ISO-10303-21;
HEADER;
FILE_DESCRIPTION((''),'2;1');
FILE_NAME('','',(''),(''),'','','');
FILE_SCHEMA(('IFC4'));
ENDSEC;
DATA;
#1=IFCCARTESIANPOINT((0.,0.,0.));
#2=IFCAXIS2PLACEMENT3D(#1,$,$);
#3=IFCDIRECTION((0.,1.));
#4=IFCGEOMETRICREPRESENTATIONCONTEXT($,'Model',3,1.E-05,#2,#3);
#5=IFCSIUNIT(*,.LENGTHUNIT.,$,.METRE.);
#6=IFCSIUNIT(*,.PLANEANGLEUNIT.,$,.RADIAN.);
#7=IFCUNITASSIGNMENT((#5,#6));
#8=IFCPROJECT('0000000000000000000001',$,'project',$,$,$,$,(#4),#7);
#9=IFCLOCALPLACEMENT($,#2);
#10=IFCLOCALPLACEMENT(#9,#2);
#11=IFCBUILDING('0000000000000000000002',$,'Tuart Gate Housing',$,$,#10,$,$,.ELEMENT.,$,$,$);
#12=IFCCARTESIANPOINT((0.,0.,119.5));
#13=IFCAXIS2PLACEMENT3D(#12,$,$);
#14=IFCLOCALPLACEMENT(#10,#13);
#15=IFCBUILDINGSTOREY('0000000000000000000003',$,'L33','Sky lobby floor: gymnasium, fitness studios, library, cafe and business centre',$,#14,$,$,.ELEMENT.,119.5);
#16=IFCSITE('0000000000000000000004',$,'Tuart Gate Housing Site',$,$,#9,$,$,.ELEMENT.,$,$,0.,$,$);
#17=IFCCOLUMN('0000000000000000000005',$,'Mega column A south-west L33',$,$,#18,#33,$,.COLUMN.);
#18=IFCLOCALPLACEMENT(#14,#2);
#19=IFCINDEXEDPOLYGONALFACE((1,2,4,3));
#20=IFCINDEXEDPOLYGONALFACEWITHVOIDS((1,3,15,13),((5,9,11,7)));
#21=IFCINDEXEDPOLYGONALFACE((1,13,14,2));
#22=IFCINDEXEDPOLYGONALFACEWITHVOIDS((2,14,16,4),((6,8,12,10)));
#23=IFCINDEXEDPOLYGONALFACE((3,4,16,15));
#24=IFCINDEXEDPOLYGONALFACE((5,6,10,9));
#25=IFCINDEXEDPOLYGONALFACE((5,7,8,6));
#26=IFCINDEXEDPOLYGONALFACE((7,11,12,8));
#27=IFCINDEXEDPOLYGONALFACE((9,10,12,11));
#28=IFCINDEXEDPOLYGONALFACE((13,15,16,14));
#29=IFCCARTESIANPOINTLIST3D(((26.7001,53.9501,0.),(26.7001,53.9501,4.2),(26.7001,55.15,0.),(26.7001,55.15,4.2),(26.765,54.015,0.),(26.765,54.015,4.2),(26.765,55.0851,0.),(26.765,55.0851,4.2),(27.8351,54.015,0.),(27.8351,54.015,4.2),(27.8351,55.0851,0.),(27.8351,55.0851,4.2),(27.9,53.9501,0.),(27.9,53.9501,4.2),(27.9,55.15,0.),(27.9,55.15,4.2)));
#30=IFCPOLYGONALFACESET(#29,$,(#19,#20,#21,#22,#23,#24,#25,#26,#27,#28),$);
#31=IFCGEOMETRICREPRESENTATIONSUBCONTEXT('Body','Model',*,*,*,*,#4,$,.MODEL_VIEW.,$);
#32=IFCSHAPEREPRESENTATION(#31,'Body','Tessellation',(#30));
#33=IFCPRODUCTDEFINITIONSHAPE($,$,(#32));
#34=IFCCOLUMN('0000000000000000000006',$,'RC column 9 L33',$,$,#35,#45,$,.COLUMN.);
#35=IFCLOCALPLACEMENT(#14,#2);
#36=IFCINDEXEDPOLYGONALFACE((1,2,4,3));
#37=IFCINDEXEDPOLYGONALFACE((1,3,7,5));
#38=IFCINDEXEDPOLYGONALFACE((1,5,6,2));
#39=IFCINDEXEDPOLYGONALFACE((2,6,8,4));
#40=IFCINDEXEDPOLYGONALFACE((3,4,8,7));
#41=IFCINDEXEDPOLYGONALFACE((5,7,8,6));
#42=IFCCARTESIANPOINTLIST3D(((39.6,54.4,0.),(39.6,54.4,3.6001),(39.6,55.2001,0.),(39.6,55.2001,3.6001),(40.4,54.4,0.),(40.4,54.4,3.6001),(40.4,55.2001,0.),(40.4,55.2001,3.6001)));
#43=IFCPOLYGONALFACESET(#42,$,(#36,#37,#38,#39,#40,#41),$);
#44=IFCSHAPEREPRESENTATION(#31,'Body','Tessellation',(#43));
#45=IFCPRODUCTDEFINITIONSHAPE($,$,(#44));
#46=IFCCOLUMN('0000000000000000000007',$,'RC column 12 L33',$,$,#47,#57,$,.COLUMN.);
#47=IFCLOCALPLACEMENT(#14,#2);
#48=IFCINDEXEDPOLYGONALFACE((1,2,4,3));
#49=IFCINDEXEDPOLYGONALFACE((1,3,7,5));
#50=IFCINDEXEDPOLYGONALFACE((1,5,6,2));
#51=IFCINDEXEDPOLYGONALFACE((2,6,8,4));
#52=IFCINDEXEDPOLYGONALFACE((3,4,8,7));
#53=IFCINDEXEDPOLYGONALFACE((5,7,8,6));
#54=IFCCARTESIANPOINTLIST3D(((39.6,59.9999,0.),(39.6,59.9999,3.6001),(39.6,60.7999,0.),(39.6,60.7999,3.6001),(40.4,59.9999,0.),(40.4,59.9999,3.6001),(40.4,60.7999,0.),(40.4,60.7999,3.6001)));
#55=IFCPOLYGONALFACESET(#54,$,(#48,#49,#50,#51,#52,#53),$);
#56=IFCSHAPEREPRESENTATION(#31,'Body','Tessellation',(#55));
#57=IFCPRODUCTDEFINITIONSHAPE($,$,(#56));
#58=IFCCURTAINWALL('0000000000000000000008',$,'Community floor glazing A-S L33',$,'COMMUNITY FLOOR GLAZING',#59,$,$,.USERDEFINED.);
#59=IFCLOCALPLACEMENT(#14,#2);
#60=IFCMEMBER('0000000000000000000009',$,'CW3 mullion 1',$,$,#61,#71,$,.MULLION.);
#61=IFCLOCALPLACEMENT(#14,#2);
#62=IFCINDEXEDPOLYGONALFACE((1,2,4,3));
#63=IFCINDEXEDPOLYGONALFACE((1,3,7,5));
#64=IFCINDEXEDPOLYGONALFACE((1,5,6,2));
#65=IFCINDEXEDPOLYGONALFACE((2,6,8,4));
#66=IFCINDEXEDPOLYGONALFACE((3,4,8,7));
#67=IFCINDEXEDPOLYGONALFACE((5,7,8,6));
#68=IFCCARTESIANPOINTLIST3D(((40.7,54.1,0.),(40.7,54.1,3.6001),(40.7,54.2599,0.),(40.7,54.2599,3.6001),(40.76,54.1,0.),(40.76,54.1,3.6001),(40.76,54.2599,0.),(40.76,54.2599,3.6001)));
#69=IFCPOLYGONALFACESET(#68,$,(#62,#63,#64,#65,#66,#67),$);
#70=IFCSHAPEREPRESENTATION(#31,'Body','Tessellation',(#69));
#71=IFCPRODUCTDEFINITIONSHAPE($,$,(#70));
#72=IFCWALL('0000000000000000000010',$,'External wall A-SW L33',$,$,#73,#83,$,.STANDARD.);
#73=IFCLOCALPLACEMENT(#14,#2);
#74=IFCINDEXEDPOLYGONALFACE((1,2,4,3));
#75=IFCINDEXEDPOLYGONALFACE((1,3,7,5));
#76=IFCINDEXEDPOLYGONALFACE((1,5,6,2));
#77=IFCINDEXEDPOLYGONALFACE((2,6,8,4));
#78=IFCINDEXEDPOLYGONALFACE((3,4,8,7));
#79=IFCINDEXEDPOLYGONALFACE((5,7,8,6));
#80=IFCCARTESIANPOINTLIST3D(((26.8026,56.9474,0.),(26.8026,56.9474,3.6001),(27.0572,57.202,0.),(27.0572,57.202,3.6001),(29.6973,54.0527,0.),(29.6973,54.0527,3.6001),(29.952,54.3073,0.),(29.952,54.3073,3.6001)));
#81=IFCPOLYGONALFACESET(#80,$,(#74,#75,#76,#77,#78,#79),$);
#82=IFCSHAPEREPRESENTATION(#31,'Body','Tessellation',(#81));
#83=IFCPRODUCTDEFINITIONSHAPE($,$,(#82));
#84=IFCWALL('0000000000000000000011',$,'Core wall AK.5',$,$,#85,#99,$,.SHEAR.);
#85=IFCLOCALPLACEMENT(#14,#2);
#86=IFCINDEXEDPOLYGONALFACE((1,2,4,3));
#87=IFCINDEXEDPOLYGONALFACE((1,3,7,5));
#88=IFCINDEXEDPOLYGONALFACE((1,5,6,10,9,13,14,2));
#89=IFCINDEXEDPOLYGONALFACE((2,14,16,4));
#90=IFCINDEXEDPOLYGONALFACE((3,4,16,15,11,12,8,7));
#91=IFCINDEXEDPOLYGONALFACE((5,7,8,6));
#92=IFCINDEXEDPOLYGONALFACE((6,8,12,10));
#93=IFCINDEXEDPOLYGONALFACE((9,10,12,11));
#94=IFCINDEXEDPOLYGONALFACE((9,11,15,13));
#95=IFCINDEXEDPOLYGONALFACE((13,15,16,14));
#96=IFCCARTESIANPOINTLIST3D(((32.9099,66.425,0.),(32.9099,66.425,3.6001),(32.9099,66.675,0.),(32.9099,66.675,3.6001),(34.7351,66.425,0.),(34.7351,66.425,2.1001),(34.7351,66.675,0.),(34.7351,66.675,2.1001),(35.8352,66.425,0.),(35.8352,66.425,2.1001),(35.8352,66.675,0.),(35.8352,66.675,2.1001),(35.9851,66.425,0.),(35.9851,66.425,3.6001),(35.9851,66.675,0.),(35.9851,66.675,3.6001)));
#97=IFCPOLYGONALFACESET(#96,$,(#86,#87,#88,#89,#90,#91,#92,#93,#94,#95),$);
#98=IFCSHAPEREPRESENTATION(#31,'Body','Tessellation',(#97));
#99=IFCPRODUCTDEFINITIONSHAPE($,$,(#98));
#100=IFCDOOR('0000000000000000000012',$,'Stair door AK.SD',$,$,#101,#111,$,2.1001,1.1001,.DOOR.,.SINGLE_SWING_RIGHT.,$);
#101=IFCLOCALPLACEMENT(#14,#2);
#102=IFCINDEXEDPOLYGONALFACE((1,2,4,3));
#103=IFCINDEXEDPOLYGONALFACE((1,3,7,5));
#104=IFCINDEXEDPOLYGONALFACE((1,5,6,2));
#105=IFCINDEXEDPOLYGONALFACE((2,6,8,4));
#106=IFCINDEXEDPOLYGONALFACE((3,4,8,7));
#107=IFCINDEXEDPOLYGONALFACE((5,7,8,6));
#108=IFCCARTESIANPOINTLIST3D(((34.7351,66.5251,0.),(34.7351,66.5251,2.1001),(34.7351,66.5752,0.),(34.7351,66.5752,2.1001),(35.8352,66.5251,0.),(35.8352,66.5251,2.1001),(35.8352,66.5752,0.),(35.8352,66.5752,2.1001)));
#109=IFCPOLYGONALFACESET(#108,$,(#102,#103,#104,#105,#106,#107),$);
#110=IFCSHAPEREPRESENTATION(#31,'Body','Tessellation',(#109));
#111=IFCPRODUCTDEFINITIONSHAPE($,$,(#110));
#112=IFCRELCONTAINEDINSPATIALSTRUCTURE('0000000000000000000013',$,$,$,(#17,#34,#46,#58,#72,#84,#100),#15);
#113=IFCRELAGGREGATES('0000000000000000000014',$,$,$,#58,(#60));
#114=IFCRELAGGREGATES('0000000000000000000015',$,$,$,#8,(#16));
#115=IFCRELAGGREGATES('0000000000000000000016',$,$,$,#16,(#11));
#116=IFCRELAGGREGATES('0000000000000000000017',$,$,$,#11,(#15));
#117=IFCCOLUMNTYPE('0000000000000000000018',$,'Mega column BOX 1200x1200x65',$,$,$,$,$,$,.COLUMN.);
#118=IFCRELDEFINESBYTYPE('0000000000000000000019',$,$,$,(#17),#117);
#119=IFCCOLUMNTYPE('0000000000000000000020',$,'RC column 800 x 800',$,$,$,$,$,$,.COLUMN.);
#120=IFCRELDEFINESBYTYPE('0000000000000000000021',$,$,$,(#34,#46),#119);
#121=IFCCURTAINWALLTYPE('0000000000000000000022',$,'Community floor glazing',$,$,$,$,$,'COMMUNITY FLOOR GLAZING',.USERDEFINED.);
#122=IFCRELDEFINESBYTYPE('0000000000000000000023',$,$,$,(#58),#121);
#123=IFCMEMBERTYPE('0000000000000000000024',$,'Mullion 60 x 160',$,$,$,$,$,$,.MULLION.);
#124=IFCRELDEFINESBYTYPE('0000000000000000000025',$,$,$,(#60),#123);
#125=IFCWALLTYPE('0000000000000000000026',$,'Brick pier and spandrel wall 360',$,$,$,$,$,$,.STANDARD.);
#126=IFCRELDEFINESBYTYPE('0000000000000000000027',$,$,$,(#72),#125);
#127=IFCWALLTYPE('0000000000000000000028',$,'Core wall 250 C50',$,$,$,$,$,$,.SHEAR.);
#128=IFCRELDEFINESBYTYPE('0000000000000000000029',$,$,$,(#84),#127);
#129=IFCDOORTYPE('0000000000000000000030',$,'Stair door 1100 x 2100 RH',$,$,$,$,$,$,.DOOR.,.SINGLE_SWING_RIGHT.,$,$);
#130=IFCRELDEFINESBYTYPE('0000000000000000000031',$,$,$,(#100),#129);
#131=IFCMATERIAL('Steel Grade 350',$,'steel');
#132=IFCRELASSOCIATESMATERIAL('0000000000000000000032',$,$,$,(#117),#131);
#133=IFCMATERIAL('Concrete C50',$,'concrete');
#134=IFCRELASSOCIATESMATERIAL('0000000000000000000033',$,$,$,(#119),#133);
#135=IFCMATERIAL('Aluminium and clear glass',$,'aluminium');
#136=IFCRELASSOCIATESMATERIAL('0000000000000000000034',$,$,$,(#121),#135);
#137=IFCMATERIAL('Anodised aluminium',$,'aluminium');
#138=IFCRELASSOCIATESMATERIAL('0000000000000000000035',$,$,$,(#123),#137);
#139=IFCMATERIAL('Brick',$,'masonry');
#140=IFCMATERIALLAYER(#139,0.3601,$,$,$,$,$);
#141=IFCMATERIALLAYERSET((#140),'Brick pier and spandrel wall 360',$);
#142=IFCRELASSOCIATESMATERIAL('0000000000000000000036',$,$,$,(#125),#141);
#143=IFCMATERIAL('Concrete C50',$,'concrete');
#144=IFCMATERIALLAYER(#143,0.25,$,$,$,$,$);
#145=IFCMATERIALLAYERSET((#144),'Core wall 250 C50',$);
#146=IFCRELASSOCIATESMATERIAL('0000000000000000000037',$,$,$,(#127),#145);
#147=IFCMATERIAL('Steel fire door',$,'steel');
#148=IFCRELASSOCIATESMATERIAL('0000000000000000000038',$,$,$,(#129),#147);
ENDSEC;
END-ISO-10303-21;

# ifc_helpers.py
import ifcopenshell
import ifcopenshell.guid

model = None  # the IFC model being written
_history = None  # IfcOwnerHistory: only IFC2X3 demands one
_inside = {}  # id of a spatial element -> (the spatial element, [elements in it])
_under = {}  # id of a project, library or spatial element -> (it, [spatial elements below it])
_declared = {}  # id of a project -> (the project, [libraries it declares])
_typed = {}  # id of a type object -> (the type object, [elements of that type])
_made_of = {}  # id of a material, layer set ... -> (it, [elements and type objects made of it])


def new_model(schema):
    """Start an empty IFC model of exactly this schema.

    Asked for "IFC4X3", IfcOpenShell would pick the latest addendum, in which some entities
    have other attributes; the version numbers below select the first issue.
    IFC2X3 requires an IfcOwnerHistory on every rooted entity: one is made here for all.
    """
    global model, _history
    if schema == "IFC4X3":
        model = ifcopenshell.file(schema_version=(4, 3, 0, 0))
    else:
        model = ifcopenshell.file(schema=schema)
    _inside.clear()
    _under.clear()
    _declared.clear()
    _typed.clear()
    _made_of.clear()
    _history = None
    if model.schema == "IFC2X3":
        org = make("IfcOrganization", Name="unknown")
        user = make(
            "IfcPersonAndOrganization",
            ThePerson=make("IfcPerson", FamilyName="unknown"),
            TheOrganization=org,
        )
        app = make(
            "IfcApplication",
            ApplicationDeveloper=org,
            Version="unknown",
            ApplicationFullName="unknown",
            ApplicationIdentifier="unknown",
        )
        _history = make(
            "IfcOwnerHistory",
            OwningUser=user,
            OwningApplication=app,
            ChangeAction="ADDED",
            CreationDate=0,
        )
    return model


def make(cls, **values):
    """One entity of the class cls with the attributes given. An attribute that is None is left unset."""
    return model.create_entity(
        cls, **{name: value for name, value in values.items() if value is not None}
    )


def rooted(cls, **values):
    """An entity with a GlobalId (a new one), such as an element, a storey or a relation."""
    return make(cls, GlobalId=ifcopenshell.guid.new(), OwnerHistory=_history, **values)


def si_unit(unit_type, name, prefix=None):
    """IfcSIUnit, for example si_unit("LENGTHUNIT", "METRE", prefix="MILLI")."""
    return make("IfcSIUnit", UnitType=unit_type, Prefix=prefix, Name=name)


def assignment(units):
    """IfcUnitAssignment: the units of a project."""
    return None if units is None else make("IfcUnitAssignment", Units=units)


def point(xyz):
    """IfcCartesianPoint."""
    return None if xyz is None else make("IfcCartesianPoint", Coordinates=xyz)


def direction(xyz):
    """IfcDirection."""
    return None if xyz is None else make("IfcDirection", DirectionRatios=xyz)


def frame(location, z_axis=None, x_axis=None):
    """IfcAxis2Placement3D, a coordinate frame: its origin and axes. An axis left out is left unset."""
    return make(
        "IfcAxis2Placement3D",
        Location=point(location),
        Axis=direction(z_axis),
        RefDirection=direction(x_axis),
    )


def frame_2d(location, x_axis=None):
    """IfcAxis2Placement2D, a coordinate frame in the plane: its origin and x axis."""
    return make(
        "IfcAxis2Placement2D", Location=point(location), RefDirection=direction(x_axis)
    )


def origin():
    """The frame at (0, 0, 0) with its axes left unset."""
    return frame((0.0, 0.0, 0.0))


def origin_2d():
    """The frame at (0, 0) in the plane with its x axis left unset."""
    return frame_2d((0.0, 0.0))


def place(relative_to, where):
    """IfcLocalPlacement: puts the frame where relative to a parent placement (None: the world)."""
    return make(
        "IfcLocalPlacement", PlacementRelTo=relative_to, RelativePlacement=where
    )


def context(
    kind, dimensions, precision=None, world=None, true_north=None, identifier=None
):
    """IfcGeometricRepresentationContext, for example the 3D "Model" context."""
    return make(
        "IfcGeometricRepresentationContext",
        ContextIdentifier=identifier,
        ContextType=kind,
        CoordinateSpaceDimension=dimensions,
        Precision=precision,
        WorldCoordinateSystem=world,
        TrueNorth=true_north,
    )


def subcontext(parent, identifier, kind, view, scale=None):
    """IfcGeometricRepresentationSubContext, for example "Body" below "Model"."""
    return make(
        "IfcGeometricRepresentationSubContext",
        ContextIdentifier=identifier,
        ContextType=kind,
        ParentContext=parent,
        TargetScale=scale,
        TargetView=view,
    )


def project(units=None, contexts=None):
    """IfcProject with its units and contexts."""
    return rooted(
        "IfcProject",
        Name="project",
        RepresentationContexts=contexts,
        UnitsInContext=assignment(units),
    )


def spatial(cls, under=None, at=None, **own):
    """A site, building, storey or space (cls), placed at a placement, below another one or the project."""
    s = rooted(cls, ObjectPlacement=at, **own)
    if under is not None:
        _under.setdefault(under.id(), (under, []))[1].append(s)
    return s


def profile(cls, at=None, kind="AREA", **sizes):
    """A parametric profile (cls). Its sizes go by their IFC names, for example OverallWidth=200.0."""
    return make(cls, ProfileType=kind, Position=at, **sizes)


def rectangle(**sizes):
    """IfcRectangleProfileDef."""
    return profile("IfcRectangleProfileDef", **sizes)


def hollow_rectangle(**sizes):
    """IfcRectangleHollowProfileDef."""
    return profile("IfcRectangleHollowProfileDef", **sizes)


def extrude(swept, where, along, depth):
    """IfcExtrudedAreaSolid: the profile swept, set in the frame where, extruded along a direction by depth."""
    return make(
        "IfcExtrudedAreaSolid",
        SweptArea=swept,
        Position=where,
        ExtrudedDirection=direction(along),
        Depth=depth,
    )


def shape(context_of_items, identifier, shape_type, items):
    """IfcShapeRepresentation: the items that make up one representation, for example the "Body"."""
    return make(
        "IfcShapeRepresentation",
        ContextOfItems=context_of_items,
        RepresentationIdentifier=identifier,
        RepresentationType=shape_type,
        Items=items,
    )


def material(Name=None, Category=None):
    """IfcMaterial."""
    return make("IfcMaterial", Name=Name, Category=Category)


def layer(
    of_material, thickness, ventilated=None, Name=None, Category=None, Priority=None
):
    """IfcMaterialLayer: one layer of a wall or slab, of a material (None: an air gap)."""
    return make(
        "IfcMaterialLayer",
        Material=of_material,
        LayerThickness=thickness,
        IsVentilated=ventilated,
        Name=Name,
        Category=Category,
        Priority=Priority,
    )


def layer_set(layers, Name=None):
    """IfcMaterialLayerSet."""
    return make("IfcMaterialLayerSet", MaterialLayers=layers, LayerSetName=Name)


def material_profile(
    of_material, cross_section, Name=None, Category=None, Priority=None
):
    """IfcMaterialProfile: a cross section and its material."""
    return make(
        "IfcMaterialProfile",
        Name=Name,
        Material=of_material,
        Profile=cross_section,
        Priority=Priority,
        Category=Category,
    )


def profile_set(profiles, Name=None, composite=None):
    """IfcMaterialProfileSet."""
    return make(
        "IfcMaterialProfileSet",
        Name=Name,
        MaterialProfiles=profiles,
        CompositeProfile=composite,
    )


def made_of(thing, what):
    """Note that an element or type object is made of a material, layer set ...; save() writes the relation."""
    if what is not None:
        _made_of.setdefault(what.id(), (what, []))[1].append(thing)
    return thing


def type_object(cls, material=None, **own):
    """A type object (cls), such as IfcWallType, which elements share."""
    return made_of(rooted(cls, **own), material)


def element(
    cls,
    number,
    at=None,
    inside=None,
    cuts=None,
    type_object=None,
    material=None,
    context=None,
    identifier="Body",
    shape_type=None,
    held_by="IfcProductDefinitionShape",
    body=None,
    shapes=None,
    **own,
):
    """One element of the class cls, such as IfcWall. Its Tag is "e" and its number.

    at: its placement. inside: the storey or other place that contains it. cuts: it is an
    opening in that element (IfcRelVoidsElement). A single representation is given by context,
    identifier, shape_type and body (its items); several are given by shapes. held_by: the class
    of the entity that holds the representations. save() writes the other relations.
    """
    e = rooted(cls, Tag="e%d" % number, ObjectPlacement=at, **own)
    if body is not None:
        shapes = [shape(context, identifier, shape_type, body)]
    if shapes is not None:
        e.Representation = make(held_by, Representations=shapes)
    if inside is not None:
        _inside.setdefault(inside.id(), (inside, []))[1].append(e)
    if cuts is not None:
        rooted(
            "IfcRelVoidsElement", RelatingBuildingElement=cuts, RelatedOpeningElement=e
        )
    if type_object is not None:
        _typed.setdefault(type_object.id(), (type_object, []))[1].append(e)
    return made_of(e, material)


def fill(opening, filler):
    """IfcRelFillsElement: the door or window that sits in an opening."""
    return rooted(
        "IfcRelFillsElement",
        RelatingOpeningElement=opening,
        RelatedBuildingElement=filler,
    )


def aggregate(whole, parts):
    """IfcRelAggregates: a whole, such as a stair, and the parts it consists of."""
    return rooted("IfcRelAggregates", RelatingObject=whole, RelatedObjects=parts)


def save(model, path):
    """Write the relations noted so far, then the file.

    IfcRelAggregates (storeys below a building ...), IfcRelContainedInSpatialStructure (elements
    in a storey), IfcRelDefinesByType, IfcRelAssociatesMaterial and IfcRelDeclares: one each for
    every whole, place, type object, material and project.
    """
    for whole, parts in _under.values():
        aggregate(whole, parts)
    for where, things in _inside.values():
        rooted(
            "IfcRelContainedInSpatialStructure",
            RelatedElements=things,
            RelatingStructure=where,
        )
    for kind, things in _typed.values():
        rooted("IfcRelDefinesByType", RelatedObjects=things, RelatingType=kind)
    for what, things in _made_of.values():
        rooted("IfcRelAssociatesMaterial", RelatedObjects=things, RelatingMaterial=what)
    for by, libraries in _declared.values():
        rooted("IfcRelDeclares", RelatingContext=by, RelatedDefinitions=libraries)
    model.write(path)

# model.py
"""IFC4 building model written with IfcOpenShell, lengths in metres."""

from ifc_helpers import new_model, si_unit, direction, frame, frame_2d, origin, origin_2d, place, context, subcontext, project, spatial, rectangle, hollow_rectangle, extrude, material, layer, layer_set, material_profile, profile_set, type_object, element, fill, aggregate, save


model = new_model("IFC4")

# Units and contexts
model_context = context("Model", 3, precision=1e-05, world=origin(), true_north=direction((0.0, 1.0)))
body_context = subcontext(model_context, "Body", "Model", "MODEL_VIEW")
ifc_project = project(units=[si_unit("LENGTHUNIT", "METRE"), si_unit("PLANEANGLEUNIT", "RADIAN")], contexts=[model_context])

# Site, building, storey
site_placement = place(None, origin())
site = spatial("IfcSite", under=ifc_project, at=site_placement, Name="Tuart Gate Housing Site", CompositionType="ELEMENT", RefElevation=0.0)
building_placement = place(site_placement, origin())
building = spatial("IfcBuilding", under=site, at=building_placement, Name="Tuart Gate Housing", CompositionType="ELEMENT")
storey_placement = place(building_placement, frame((0.0, 0.0, 119.5)))
storey = spatial("IfcBuildingStorey", under=building, at=storey_placement, Name="L33", Description="Sky lobby floor: gymnasium, fitness studios, library, cafe and business centre", CompositionType="ELEMENT", Elevation=119.5)

# Columns
ifc_material_1 = material(Name="Steel Grade 350", Category="steel")
ifc_material_profile_1 = material_profile(ifc_material_1, hollow_rectangle(XDim=1.2, YDim=1.2, WallThickness=0.0649, at=origin_2d()), Name="BOX 1200x1200x65")
ifc_profile_set_1 = profile_set([ifc_material_profile_1], Name="Steel Grade 350")
column_type_1 = type_object("IfcColumnType", Name="Mega column BOX 1200x1200x65", PredefinedType="COLUMN", material=ifc_profile_set_1)
column_placement = place(storey_placement, frame((27.3, 54.55, 0.0), z_axis=(0.0, 0.0, 1.0), x_axis=(1.0, 0.0, 0.0)))
element("IfcColumn", 1, at=column_placement, inside=storey, type_object=column_type_1, Name="Mega column A south-west L33", PredefinedType="COLUMN", context=body_context, shape_type="SweptSolid", body=[
    extrude(hollow_rectangle(XDim=1.2, YDim=1.2, WallThickness=0.0649, at=origin_2d()), origin(), (0.0, 0.0, 1.0), 4.2),
])
ifc_material_2 = material(Name="Concrete C50", Category="concrete")
ifc_material_profile_2 = material_profile(ifc_material_2, rectangle(XDim=0.8, YDim=0.8, at=origin_2d()), Name="RC column 800 x 800")
ifc_profile_set_2 = profile_set([ifc_material_profile_2], Name="Concrete C50")
column_type_2 = type_object("IfcColumnType", Name="RC column 800 x 800", PredefinedType="COLUMN", material=ifc_profile_set_2)
for number, where, z_axis, x_axis, name in (
    (2, (40.0, 54.8, 0.0), (0.0, 0.0, 1.0), (1.0, 0.0, 0.0), "RC column 9 L33"),
    (3, (40.0, 60.3999, 0.0), (0.0, 0.0, 1.0), (1.0, 0.0, 0.0), "RC column 12 L33"),
):
    element("IfcColumn", number, at=place(storey_placement, frame(where, z_axis=z_axis, x_axis=x_axis)), inside=storey, type_object=column_type_2, Name=name, PredefinedType="COLUMN", context=body_context, shape_type="SweptSolid", body=[
        extrude(rectangle(XDim=0.8, YDim=0.8, at=origin_2d()), origin(), (0.0, 0.0, 1.0), 3.6001),
    ])

# Curtain wall, member
ifc_material_3 = material(Name="Aluminium and clear glass", Category="aluminium")
curtain_wall_type = type_object("IfcCurtainWallType", Name="Community floor glazing", ElementType="COMMUNITY FLOOR GLAZING", PredefinedType="USERDEFINED", material=ifc_material_3)
curtain_wall_placement = place(storey_placement, origin())
curtain_wall = element("IfcCurtainWall", 4, at=curtain_wall_placement, inside=storey, type_object=curtain_wall_type, Name="Community floor glazing A-S L33", ObjectType="COMMUNITY FLOOR GLAZING", PredefinedType="USERDEFINED")
ifc_material_4 = material(Name="Anodised aluminium", Category="aluminium")
ifc_material_profile_3 = material_profile(ifc_material_4, rectangle(XDim=0.0601, YDim=0.1599, at=origin_2d()), Name="60x160")
ifc_profile_set_3 = profile_set([ifc_material_profile_3], Name="Anodised aluminium")
member_type = type_object("IfcMemberType", Name="Mullion 60 x 160", PredefinedType="MULLION", material=ifc_profile_set_3)
member_placement = place(storey_placement, frame((40.73, 54.1799, 0.0), z_axis=(0.0, 0.0, 1.0), x_axis=(1.0, 0.0, 0.0)))
member = element("IfcMember", 5, at=member_placement, type_object=member_type, Name="CW3 mullion 1", PredefinedType="MULLION", context=body_context, shape_type="SweptSolid", body=[
    extrude(rectangle(XDim=0.0601, YDim=0.1599, at=origin_2d()), origin(), (0.0, 0.0, 1.0), 3.6001),
])
aggregate(curtain_wall, [member])

# Wall
ifc_material_5 = material(Name="Brick", Category="masonry")
ifc_layer_1 = layer(ifc_material_5, 0.3601)
ifc_layer_set_1 = layer_set([ifc_layer_1], Name="Brick pier and spandrel wall 360")
wall_type_1 = type_object("IfcWallType", Name="Brick pier and spandrel wall 360", PredefinedType="STANDARD", material=ifc_layer_set_1)
wall_1_placement = place(storey_placement, frame((26.9299, 57.0747, 0.0), z_axis=(0.0, 0.0, 1.0), x_axis=(0.707107, -0.707107, 0.0)))
element("IfcWall", 6, at=wall_1_placement, inside=storey, type_object=wall_type_1, Name="External wall A-SW L33", PredefinedType="STANDARD", context=body_context, shape_type="SweptSolid", body=[
    extrude(rectangle(XDim=4.0938, YDim=0.3601, at=frame_2d((2.0469, 0.0))), origin(), (0.0, 0.0, 1.0), 3.6001),
])

# Wall, opening, door
ifc_material_6 = material(Name="Concrete C50", Category="concrete")
ifc_layer_2 = layer(ifc_material_6, 0.25)
ifc_layer_set_2 = layer_set([ifc_layer_2], Name="Core wall 250 C50")
wall_type_2 = type_object("IfcWallType", Name="Core wall 250 C50", PredefinedType="SHEAR", material=ifc_layer_set_2)
wall_2_placement = place(storey_placement, frame((35.9851, 66.55, 0.0), z_axis=(0.0, 0.0, 1.0), x_axis=(-1.0, 0.0, 0.0)))
wall_2 = element("IfcWall", 7, at=wall_2_placement, inside=storey, type_object=wall_type_2, Name="Core wall AK.5", PredefinedType="SHEAR", context=body_context, shape_type="SweptSolid", body=[
    extrude(rectangle(XDim=3.0752, YDim=0.25, at=frame_2d((1.5376, 0.0))), origin(), (0.0, 0.0, 1.0), 3.6001),
])
opening_1_placement = place(wall_2_placement, frame((0.1499, 0.0, 0.0)))
opening_1 = element("IfcOpeningElement", 8, at=opening_1_placement, cuts=wall_2, PredefinedType="OPENING", context=body_context, shape_type="SweptSolid", body=[
    extrude(rectangle(XDim=1.1001, YDim=2.1001, at=frame_2d((0.55, 1.05))), frame((0.0, 0.135, 0.0), z_axis=(0.0, -1.0, 0.0), x_axis=(1.0, 0.0, 0.0)), (0.0, 0.0, 1.0), 0.27),
])
ifc_material_7 = material(Name="Steel fire door", Category="steel")
door_type_1 = type_object("IfcDoorType", Name="Stair door 1100 x 2100 RH", OperationType="SINGLE_SWING_RIGHT", PredefinedType="DOOR", material=ifc_material_7)
door_1_placement = place(opening_1_placement, frame((1.1001, 0.0, 0.0), z_axis=(0.0, 0.0, 1.0), x_axis=(-1.0, 0.0, 0.0)))
door_1 = element("IfcDoor", 9, at=door_1_placement, inside=storey, type_object=door_type_1, Name="Stair door AK.SD", OperationType="SINGLE_SWING_RIGHT", OverallHeight=2.1001, OverallWidth=1.1001, PredefinedType="DOOR", context=body_context, shape_type="SweptSolid", body=[
    extrude(rectangle(XDim=1.1001, YDim=2.1001, at=frame_2d((0.55, 1.05))), frame((0.0, 0.0251, 0.0), z_axis=(0.0, -1.0, 0.0), x_axis=(1.0, 0.0, 0.0)), (0.0, 0.0, 1.0), 0.05),
])
fill(opening_1, door_1)

save(model, "model.ifc")
